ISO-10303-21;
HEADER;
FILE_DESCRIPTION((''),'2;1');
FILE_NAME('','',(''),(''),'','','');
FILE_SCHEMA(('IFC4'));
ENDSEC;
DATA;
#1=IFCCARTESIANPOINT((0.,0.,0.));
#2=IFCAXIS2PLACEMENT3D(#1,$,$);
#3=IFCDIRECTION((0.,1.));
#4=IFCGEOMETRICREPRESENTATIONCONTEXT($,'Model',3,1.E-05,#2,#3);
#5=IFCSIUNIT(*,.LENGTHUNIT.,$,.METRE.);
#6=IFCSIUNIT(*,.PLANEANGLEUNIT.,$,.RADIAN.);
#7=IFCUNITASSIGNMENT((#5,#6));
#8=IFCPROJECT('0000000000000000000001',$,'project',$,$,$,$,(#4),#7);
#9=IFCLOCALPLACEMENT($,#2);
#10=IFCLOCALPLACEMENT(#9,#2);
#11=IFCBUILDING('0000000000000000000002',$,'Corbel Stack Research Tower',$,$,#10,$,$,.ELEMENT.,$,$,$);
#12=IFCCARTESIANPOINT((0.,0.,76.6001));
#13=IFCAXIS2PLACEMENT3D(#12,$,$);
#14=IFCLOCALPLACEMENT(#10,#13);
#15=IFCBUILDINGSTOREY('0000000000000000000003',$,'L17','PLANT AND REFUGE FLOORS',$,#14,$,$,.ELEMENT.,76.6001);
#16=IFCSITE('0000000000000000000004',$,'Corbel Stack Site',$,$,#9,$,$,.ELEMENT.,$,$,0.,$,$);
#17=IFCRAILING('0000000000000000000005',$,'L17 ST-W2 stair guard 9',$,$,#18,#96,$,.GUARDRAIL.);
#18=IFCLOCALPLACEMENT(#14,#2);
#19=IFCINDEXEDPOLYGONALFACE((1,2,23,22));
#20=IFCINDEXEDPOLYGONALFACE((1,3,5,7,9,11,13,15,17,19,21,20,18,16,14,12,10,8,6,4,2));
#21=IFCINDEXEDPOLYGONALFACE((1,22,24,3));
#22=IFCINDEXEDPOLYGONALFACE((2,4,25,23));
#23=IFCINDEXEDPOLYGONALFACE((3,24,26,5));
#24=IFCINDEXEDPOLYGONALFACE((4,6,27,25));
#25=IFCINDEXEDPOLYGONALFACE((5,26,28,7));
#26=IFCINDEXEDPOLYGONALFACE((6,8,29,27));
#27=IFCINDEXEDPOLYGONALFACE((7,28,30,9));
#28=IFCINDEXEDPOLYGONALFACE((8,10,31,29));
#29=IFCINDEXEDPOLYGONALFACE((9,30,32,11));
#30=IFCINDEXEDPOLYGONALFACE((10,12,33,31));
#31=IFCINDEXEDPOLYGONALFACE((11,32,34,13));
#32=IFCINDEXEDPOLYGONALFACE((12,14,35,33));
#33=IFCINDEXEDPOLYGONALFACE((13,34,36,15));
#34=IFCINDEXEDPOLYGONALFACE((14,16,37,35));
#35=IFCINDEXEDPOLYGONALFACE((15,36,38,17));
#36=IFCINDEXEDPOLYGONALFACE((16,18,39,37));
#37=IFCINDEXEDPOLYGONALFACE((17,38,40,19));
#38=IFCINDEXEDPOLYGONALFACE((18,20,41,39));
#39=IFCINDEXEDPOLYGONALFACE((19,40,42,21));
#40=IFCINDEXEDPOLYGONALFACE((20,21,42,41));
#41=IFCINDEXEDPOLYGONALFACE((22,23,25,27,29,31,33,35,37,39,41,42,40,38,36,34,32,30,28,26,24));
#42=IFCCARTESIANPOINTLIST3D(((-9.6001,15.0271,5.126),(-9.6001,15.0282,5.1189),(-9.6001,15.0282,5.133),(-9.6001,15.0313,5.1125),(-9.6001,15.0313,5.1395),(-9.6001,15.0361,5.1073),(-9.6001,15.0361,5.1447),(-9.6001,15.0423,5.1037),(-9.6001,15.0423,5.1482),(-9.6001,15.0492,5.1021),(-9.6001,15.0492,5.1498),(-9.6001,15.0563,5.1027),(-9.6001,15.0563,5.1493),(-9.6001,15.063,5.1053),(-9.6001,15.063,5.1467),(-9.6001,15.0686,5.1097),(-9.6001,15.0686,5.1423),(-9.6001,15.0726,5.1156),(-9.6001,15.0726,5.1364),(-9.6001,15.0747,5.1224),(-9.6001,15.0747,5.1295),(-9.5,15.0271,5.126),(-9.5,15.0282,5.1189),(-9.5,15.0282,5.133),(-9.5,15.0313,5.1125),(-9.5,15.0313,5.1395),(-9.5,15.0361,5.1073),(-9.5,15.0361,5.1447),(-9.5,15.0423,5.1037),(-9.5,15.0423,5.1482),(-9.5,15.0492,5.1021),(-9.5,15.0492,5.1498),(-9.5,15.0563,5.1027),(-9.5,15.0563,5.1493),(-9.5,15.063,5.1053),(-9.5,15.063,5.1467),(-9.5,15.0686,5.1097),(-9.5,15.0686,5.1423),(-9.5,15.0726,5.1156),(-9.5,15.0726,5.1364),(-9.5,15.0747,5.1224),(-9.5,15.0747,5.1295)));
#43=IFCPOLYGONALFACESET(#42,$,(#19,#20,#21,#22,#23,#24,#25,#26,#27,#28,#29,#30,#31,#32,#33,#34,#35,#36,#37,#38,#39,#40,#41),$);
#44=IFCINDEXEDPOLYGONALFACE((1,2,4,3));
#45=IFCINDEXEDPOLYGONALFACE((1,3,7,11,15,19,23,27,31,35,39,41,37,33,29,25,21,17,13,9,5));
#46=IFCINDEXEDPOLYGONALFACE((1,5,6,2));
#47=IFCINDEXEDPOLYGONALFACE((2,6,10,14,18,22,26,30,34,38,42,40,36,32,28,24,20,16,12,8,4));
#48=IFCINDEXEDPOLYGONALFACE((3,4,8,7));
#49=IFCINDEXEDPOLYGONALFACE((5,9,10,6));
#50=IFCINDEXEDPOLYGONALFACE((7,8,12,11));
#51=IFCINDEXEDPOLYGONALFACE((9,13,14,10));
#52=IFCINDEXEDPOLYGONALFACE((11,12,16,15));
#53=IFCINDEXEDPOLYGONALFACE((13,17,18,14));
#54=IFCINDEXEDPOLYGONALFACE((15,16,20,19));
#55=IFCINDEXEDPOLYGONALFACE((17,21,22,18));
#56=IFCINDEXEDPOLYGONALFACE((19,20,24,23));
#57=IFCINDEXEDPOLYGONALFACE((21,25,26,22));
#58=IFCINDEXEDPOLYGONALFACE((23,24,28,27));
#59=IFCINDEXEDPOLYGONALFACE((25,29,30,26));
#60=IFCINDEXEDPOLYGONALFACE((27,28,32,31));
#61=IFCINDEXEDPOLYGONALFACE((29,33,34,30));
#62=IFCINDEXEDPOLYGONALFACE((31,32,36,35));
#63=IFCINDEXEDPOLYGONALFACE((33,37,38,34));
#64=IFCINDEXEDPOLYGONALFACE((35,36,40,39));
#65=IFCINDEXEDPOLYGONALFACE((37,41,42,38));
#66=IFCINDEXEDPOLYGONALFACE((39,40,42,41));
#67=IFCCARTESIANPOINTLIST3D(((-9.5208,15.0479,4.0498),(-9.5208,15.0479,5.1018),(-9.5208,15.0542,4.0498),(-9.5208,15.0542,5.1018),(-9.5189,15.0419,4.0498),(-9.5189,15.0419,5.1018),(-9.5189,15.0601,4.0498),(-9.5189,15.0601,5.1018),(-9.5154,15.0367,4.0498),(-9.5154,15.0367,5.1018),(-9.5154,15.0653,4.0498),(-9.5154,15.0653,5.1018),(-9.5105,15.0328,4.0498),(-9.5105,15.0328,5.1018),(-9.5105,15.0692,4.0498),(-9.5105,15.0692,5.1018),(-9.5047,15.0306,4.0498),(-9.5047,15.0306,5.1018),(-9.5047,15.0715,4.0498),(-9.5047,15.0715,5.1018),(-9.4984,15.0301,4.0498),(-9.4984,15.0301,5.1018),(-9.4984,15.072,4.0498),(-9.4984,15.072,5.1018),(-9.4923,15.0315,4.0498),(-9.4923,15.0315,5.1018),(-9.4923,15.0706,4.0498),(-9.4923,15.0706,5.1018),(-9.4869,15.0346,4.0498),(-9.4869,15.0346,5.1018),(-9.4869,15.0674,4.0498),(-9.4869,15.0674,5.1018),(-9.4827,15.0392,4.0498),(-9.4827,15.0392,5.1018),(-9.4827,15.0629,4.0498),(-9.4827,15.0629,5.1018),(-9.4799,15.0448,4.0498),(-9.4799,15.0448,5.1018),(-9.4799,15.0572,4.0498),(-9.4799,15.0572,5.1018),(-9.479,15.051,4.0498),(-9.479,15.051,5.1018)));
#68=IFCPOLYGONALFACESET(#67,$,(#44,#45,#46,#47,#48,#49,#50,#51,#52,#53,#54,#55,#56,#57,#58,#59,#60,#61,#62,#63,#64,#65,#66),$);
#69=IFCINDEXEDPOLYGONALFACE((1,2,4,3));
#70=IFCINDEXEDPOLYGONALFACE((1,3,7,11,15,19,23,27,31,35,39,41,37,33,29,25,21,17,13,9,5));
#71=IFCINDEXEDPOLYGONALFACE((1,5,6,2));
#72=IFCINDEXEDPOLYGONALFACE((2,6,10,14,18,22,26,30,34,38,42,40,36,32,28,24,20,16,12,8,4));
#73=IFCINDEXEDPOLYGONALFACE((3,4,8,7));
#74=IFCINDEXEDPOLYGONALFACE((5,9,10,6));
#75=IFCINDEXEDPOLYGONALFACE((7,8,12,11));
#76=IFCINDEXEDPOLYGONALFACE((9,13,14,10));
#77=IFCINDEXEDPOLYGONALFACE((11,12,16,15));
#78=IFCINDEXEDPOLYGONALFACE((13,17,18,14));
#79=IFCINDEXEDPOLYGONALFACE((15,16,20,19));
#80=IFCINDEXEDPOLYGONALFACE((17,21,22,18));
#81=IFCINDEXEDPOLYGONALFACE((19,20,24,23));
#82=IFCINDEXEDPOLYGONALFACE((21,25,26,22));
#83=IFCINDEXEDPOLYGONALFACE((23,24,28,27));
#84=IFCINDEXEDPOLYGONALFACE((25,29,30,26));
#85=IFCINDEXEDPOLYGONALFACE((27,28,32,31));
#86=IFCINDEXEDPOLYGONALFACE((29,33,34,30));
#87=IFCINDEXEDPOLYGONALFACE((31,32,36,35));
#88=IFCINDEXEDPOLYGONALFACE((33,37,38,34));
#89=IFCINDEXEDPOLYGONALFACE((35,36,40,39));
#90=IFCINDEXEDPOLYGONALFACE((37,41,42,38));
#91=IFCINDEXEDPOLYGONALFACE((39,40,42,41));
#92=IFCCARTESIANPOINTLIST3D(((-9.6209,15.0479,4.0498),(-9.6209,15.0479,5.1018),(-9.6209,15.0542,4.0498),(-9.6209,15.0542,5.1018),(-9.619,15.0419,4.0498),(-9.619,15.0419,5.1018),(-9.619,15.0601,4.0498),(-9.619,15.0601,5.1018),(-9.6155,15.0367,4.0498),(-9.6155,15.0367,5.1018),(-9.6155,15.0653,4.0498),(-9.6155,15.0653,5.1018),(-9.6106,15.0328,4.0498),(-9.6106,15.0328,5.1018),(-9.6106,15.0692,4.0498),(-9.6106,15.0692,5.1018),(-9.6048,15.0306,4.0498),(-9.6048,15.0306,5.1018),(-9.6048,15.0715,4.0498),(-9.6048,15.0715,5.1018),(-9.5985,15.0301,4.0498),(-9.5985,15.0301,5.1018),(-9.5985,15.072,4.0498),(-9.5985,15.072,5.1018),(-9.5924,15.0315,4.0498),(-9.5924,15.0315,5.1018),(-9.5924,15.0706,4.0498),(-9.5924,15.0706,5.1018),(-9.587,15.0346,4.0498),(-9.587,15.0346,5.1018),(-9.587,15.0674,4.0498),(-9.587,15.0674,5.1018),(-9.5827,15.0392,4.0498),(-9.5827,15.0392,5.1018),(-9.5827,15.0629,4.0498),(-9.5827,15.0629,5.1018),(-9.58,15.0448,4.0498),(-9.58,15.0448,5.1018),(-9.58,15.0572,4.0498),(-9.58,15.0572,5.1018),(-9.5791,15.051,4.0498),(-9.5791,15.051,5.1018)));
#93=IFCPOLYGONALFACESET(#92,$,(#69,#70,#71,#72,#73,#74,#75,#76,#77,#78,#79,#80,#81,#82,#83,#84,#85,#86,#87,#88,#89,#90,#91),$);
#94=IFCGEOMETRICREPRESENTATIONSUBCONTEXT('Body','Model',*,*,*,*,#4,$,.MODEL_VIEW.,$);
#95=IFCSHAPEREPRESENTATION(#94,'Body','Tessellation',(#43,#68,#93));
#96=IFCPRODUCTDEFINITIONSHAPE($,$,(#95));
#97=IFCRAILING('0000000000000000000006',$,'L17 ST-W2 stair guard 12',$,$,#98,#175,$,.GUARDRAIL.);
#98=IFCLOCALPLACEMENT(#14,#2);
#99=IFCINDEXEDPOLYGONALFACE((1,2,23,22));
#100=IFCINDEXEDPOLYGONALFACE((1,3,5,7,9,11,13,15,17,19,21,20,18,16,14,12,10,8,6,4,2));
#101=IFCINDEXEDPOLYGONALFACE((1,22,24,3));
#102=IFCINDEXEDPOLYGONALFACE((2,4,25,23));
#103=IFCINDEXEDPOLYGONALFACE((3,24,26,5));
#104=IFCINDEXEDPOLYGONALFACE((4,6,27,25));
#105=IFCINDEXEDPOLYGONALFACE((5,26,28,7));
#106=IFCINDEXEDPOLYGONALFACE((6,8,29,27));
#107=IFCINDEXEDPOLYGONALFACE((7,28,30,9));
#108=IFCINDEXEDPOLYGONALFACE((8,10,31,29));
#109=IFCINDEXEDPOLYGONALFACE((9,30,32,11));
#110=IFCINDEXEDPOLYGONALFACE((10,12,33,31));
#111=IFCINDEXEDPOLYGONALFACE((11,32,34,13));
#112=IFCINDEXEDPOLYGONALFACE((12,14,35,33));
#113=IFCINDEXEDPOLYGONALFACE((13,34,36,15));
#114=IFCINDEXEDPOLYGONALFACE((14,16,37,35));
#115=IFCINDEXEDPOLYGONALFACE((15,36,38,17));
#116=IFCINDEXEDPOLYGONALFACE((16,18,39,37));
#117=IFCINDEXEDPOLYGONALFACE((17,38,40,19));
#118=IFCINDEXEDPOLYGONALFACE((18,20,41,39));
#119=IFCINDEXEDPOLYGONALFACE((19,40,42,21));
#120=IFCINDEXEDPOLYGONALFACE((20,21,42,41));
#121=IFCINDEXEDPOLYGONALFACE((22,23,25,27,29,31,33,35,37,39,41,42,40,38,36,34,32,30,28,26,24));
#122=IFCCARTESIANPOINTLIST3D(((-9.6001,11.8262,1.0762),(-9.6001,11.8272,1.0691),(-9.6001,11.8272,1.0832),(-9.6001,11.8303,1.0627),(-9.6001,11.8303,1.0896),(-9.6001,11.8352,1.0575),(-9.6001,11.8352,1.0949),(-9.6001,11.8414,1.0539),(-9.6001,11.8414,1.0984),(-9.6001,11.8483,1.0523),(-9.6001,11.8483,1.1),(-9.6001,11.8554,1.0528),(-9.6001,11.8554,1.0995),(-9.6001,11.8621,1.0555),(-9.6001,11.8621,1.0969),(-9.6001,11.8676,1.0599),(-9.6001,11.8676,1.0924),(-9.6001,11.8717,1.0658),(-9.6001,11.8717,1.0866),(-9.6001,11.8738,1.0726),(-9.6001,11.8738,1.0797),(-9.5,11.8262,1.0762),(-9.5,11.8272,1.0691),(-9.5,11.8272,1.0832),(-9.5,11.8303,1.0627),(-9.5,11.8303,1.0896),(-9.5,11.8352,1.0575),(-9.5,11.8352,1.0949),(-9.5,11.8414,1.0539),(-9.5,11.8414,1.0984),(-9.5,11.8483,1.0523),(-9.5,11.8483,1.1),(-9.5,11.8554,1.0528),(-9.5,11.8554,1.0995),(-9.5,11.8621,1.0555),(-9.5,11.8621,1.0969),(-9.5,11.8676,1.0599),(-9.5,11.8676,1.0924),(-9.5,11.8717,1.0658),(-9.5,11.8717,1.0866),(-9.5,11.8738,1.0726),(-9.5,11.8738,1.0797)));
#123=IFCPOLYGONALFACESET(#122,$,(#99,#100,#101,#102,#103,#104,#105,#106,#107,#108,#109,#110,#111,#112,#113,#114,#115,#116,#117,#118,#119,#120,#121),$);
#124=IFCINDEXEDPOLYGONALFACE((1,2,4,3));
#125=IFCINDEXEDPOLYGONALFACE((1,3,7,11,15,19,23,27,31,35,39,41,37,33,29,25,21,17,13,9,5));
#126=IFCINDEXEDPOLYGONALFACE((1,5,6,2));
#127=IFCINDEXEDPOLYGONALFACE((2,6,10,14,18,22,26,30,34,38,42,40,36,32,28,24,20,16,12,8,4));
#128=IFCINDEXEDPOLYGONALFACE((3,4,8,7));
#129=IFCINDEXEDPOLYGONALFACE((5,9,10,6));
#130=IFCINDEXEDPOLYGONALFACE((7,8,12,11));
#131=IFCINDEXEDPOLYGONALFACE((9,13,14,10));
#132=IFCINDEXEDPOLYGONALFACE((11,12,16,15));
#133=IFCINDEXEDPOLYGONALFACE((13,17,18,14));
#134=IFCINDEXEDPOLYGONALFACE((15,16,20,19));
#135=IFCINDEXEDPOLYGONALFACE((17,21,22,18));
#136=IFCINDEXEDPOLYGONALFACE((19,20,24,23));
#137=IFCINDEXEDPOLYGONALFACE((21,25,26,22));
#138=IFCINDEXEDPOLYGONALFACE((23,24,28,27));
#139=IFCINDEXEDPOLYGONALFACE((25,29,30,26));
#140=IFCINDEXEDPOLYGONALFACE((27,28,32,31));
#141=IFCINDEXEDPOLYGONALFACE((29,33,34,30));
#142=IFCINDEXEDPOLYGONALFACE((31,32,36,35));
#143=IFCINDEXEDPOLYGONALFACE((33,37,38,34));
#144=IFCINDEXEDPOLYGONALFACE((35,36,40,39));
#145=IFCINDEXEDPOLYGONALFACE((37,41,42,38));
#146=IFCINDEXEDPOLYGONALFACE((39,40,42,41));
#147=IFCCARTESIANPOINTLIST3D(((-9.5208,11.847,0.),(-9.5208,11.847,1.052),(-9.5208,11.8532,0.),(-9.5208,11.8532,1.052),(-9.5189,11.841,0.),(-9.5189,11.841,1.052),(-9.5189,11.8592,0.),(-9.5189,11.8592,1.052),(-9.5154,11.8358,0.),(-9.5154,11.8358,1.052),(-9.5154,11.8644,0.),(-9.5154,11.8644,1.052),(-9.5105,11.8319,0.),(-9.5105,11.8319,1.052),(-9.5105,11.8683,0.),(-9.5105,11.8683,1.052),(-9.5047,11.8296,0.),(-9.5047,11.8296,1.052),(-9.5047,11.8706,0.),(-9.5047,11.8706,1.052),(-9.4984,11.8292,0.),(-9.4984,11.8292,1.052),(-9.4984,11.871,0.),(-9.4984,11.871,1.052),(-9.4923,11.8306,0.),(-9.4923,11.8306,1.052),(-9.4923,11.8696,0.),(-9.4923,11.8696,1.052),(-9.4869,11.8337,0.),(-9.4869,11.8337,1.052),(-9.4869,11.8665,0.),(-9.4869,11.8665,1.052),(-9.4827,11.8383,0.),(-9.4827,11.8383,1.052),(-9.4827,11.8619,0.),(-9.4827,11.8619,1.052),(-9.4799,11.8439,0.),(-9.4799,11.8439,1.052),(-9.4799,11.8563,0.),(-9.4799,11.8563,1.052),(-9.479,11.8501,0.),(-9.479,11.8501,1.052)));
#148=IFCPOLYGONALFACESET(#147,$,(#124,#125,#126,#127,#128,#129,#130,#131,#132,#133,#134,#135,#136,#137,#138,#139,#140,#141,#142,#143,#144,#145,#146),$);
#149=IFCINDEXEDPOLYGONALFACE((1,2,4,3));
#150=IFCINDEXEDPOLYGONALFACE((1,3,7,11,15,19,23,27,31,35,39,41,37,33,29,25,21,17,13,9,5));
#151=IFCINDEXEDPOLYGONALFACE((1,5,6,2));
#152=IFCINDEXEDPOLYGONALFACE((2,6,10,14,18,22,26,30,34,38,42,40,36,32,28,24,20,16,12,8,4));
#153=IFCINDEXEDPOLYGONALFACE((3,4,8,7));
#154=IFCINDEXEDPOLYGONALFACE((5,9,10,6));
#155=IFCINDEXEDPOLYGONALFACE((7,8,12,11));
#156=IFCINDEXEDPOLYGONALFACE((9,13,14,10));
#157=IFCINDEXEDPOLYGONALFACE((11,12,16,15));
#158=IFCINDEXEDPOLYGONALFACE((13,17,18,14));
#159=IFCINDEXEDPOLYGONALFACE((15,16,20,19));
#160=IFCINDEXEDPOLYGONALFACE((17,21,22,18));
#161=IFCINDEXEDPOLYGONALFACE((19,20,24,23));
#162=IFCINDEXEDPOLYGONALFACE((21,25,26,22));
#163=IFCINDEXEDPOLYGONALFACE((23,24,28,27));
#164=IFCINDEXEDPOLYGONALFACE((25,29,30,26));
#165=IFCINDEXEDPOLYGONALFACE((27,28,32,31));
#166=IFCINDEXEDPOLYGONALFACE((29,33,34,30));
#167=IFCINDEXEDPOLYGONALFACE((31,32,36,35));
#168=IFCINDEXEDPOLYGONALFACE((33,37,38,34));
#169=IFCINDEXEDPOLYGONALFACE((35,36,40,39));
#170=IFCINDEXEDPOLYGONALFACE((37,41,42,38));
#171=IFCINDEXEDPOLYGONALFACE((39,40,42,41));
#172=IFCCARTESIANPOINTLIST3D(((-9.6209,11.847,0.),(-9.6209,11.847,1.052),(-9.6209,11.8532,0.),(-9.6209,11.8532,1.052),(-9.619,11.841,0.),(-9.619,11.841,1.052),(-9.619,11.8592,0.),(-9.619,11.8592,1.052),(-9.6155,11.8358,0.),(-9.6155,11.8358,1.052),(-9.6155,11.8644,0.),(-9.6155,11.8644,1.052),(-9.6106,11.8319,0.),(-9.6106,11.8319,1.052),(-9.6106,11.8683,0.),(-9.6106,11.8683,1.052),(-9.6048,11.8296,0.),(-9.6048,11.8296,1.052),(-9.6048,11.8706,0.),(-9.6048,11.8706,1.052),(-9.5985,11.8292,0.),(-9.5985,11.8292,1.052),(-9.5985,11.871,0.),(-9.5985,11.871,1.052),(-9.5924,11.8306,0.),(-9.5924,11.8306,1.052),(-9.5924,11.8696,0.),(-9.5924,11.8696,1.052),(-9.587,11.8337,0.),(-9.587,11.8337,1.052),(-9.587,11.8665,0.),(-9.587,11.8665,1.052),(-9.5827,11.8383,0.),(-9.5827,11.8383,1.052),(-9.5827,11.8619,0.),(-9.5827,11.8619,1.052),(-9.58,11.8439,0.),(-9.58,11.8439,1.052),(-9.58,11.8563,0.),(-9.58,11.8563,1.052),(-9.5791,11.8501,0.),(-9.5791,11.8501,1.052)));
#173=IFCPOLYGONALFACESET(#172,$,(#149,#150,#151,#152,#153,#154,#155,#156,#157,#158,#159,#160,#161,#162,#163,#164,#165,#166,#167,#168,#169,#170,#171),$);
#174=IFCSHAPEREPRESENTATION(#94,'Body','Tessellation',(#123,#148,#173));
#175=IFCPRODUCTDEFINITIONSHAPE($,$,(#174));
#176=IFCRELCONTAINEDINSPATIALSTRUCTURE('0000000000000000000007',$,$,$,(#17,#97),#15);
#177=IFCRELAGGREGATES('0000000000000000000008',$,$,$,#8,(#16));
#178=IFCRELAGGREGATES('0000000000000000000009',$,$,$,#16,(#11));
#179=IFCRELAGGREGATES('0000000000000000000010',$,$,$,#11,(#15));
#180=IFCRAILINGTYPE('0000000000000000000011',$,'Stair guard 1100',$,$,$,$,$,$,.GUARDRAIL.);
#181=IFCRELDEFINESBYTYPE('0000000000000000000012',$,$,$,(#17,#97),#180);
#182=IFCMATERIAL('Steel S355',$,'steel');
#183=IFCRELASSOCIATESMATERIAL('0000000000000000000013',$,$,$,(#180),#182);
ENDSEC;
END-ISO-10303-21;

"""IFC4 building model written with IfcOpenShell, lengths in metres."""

from ifc_helpers import new_model, si_unit, direction, frame, origin, origin_2d, place, context, subcontext, project, spatial, circle, extrude, material, type_object, element, save


model = new_model("IFC4")

# Units and contexts
model_context = context("Model", 3, precision=1e-05, world=origin(), true_north=direction((0.0, 1.0)))
body_context = subcontext(model_context, "Body", "Model", "MODEL_VIEW")
ifc_project = project(units=[si_unit("LENGTHUNIT", "METRE"), si_unit("PLANEANGLEUNIT", "RADIAN")], contexts=[model_context])

# Site, building, storey
site_placement = place(None, origin())
site = spatial("IfcSite", under=ifc_project, at=site_placement, Name="Corbel Stack Site", CompositionType="ELEMENT", RefElevation=0.0)
building_placement = place(site_placement, origin())
building = spatial("IfcBuilding", under=site, at=building_placement, Name="Corbel Stack Research Tower", CompositionType="ELEMENT")
storey_placement = place(building_placement, frame((0.0, 0.0, 76.6001)))
storey = spatial("IfcBuildingStorey", under=building, at=storey_placement, Name="L17", Description="PLANT AND REFUGE FLOORS", CompositionType="ELEMENT", Elevation=76.6001)

# Railings
ifc_material_1 = material(Name="Steel S355", Category="steel")
railing_type_1 = type_object("IfcRailingType", Name="Stair guard 1100", PredefinedType="GUARDRAIL", material=ifc_material_1)
for number, where, name in (
    (1, (-9.5, 15.051, 4.0498), "L17 ST-W2 stair guard 9"),
    (2, (-9.5, 11.8501, 0.0), "L17 ST-W2 stair guard 12"),
):
    element("IfcRailing", number, at=place(storey_placement, frame(where)), inside=storey, type_object=railing_type_1, Name=name, PredefinedType="GUARDRAIL", context=body_context, shape_type="SweptSolid", body=[
        extrude(circle(Radius=0.0239, at=origin_2d()), frame((0.0, 0.0, 1.0762), z_axis=(-1.0, 0.0, 0.0), x_axis=(0.0, -1.0, 0.0)), (0.0, 0.0, 1.0), 0.1001),
        extrude(circle(Radius=0.021, at=origin_2d()), origin(), (0.0, 0.0, 1.0), 1.052),
        extrude(circle(Radius=0.021, at=origin_2d()), frame((-0.1001, 0.0, 0.0)), (0.0, 0.0, 1.0), 1.052),
    ])

save(model, "model.ifc")
